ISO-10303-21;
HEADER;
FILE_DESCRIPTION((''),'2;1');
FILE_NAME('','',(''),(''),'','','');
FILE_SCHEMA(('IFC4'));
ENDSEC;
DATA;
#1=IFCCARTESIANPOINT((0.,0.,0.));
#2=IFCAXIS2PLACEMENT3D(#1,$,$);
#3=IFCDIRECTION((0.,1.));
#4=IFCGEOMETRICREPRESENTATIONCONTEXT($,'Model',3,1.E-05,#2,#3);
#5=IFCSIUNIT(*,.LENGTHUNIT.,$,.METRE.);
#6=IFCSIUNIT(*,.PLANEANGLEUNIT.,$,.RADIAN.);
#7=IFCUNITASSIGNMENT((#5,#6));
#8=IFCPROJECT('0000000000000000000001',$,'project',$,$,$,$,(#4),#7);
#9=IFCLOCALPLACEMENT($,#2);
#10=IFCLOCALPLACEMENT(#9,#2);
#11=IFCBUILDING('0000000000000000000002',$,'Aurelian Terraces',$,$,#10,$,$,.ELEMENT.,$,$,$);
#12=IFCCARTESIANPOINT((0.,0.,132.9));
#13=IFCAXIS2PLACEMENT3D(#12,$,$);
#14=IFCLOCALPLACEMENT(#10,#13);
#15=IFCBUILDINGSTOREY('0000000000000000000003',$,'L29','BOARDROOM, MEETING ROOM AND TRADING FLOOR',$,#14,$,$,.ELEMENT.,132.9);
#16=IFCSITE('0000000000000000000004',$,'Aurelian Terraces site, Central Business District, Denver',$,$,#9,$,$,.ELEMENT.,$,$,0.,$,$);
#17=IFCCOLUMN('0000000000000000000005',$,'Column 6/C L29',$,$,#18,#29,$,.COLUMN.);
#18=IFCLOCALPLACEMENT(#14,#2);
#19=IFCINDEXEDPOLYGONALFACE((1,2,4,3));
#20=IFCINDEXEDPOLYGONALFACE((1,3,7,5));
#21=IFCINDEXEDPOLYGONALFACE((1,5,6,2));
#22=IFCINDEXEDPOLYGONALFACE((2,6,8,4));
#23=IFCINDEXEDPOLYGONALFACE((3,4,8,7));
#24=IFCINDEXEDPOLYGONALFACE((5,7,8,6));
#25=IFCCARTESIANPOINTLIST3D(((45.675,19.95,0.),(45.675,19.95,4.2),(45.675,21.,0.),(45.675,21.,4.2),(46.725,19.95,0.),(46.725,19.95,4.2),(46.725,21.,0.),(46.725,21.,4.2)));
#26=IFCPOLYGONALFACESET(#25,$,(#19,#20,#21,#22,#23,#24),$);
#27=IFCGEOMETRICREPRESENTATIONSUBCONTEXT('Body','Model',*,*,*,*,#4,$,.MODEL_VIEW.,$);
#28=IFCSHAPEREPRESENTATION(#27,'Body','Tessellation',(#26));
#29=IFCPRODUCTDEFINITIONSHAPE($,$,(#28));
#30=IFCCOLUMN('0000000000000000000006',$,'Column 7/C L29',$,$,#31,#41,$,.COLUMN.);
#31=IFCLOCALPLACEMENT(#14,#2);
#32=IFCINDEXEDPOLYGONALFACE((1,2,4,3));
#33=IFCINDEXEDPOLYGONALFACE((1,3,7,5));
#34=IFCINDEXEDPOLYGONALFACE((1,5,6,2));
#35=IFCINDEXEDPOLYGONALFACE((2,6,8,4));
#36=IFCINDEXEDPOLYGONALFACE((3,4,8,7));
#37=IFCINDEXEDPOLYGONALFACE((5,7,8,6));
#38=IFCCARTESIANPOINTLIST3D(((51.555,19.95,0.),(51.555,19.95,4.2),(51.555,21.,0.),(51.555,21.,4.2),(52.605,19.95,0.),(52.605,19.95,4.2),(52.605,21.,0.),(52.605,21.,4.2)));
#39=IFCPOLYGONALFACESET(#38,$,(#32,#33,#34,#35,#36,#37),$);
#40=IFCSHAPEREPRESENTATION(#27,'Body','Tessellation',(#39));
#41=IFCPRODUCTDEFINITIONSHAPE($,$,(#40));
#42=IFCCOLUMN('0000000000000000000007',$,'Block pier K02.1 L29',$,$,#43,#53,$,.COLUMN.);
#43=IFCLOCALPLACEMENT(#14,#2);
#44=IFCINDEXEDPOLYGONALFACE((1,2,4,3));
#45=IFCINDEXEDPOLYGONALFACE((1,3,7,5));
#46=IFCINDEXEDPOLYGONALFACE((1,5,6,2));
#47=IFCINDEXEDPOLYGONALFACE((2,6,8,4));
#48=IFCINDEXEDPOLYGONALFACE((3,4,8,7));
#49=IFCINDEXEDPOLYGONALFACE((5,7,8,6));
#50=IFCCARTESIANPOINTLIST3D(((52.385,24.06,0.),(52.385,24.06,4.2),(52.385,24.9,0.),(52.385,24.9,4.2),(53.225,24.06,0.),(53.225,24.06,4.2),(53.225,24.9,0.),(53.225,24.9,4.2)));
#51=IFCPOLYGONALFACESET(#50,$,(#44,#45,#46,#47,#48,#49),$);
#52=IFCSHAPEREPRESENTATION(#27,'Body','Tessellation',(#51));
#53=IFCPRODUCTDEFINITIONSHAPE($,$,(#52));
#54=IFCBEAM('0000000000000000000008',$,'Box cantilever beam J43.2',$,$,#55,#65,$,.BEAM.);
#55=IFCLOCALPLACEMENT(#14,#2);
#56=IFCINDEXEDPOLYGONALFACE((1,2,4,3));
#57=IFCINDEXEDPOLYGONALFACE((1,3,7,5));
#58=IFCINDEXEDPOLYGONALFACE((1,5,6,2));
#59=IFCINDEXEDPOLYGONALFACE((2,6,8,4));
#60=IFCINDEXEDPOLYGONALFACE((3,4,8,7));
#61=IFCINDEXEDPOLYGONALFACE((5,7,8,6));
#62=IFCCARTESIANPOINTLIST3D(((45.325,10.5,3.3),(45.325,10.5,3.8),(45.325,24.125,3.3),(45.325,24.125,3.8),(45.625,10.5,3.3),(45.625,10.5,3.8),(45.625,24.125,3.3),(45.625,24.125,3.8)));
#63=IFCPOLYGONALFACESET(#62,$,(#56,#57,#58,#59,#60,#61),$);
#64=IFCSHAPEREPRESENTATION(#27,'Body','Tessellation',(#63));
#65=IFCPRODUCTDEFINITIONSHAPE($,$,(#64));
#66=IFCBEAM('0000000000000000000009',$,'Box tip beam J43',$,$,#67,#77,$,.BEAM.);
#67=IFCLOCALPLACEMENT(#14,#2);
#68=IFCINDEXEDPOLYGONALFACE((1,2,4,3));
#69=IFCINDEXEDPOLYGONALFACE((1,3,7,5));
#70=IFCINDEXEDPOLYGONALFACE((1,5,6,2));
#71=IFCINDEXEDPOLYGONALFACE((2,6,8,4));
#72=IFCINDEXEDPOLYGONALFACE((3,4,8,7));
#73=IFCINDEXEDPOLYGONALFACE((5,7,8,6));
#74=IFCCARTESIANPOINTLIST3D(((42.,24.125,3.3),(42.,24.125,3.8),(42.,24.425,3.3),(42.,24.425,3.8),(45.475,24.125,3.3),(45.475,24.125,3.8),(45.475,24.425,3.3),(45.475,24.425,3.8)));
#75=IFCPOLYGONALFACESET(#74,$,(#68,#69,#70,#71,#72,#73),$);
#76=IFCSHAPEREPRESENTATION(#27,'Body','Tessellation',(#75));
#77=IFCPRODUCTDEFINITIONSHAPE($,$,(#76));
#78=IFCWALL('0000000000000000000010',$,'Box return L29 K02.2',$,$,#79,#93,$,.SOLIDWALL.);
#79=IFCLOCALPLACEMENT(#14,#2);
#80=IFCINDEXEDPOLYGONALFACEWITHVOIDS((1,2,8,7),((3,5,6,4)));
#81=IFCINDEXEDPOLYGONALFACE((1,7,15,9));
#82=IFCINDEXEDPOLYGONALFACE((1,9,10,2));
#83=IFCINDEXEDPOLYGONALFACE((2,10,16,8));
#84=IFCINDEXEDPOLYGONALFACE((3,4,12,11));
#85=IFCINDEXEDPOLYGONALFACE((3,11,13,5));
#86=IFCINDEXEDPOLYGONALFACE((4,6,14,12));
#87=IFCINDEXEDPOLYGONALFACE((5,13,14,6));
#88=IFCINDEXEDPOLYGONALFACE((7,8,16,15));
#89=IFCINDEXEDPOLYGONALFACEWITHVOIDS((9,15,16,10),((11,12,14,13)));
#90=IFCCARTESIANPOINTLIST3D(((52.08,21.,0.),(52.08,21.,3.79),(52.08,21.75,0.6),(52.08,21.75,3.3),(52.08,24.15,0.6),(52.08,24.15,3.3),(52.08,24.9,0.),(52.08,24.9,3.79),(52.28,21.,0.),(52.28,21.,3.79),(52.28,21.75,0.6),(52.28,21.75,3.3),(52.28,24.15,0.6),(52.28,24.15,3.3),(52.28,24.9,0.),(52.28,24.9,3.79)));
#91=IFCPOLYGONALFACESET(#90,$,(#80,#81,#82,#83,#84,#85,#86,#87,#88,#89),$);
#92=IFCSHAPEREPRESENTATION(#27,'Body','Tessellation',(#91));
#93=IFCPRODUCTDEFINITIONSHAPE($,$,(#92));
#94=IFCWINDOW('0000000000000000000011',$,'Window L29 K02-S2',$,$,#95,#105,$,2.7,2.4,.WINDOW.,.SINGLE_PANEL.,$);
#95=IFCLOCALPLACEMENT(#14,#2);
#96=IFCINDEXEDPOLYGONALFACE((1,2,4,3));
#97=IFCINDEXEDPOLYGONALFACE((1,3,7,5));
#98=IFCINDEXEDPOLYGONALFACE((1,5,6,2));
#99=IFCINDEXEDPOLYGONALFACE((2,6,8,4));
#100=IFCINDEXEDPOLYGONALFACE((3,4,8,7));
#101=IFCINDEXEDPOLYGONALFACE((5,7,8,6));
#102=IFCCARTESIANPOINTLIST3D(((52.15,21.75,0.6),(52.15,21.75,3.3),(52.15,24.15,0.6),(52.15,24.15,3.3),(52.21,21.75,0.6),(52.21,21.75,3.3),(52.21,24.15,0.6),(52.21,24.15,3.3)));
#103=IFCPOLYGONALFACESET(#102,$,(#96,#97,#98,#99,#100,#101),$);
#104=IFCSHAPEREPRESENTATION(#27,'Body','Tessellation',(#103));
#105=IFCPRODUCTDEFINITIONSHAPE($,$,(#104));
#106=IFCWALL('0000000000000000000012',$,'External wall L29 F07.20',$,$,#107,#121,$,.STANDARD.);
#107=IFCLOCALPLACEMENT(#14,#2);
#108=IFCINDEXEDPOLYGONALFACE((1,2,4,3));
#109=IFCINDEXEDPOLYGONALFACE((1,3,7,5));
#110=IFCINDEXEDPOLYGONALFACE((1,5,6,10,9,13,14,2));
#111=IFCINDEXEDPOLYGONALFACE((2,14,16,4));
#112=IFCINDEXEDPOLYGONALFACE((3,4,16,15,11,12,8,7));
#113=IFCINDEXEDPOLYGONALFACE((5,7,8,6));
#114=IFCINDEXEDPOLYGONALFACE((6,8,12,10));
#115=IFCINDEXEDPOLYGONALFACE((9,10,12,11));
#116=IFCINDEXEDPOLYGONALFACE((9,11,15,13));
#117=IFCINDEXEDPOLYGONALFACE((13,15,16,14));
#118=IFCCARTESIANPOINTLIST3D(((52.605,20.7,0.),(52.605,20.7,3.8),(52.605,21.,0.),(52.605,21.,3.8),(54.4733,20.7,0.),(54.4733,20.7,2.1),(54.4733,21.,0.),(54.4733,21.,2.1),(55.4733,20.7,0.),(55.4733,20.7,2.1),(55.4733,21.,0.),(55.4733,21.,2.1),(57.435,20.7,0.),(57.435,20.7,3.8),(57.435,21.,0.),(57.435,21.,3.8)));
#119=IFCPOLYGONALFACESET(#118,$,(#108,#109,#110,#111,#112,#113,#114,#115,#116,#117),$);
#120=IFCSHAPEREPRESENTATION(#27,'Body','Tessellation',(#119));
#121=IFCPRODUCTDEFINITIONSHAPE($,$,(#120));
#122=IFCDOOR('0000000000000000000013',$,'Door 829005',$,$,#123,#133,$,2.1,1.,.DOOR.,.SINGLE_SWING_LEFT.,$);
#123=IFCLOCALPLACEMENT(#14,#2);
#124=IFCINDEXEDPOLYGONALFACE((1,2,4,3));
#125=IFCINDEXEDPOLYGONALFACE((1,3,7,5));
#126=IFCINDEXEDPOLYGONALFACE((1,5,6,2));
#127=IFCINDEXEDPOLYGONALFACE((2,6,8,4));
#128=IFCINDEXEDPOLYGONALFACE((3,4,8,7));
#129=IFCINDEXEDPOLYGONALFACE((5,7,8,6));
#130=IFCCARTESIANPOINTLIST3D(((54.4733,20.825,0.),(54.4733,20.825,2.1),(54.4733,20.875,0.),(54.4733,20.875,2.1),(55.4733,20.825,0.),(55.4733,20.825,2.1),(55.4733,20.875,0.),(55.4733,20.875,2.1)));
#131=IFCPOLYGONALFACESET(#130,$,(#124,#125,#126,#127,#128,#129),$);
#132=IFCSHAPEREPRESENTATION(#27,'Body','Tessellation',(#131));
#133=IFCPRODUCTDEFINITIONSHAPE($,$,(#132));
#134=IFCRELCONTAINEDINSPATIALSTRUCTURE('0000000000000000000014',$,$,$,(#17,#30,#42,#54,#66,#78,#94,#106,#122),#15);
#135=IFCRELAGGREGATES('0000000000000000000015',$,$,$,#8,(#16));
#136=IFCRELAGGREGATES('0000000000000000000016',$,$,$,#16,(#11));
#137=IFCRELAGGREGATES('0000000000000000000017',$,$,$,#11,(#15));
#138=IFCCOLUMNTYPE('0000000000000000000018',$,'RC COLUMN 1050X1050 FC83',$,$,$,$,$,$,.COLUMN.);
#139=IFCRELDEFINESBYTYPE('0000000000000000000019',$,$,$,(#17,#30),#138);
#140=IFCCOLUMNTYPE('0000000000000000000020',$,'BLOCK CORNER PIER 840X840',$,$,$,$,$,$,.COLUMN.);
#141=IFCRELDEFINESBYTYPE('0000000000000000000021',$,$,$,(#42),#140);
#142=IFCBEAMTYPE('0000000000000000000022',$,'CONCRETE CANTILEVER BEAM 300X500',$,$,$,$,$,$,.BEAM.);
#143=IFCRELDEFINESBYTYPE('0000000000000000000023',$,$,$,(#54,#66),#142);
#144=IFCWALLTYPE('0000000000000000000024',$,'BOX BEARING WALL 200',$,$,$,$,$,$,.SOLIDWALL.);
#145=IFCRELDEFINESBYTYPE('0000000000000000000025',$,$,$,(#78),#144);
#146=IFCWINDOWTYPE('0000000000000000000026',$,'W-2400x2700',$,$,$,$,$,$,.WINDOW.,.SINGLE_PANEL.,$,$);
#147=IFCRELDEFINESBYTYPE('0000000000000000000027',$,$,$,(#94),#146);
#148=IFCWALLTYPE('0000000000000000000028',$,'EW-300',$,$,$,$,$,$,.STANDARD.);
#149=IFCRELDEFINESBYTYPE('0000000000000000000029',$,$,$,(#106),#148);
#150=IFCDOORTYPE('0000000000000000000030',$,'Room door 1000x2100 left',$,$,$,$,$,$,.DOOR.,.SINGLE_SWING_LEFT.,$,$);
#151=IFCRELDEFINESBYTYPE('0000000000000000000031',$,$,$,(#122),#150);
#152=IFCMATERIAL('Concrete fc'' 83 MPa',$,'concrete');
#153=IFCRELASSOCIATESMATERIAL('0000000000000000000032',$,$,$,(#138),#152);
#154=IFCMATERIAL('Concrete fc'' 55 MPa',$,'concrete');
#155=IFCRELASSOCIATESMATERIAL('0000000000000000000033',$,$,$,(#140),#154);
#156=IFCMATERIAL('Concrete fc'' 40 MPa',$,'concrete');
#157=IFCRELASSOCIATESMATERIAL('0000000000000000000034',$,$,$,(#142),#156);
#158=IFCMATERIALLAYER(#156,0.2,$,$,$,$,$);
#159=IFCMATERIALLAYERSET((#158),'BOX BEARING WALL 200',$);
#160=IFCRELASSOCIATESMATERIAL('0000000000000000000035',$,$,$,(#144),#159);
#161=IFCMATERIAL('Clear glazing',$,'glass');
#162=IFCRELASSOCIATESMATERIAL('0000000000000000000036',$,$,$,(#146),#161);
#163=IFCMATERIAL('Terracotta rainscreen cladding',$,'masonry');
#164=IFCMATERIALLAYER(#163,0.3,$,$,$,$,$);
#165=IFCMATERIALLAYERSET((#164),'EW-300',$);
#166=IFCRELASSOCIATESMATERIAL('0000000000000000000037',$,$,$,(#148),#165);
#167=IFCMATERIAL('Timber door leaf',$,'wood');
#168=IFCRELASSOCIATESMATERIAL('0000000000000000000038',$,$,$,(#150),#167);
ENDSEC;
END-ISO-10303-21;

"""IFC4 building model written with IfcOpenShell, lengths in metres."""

from ifc_helpers import new_model, si_unit, direction, frame, frame_2d, origin, origin_2d, place, context, subcontext, project, spatial, rectangle, extrude, source, transform, mapped, material, layer, layer_set, material_profile, profile_set, type_object, element, fill, save


model = new_model("IFC4")

# Units and contexts
model_context = context("Model", 3, precision=1e-05, world=origin(), true_north=direction((0.0, 1.0)))
body_context = subcontext(model_context, "Body", "Model", "MODEL_VIEW")
ifc_project = project(units=[si_unit("LENGTHUNIT", "METRE"), si_unit("PLANEANGLEUNIT", "RADIAN")], contexts=[model_context])

# Site, building, storey
site_placement = place(None, origin())
site = spatial("IfcSite", under=ifc_project, at=site_placement, Name="Aurelian Terraces site, Central Business District, Denver", CompositionType="ELEMENT", RefElevation=0.0)
building_placement = place(site_placement, origin())
building = spatial("IfcBuilding", under=site, at=building_placement, Name="Aurelian Terraces", CompositionType="ELEMENT")
storey_placement = place(building_placement, frame((0.0, 0.0, 132.9)))
storey = spatial("IfcBuildingStorey", under=building, at=storey_placement, Name="L29", Description="BOARDROOM, MEETING ROOM AND TRADING FLOOR", CompositionType="ELEMENT", Elevation=132.9)

# Columns
ifc_material_1 = material(Name="Concrete fc' 83 MPa", Category="concrete")
ifc_material_profile_1 = material_profile(ifc_material_1, rectangle(XDim=1.05, YDim=1.05, at=origin_2d()))
ifc_profile_set_1 = profile_set([ifc_material_profile_1], Name="Concrete fc' 83 MPa")
column_type_1 = type_object("IfcColumnType", Name="RC COLUMN 1050X1050 FC83", PredefinedType="COLUMN", material=ifc_profile_set_1)
shared_shape_1 = source(origin(), body_context, "Body", "SweptSolid", [
    extrude(rectangle(XDim=1.05, YDim=1.05, at=origin_2d()), origin(), (0.0, 0.0, 1.0), 4.2),
])
for number, where, z_axis, x_axis, name in (
    (1, (46.2, 20.475, 0.0), (0.0, 0.0, 1.0), (1.0, 0.0, 0.0), "Column 6/C L29"),
    (2, (52.08, 20.475, 0.0), (0.0, 0.0, 1.0), (1.0, 0.0, 0.0), "Column 7/C L29"),
):
    element("IfcColumn", number, at=place(storey_placement, frame(where, z_axis=z_axis, x_axis=x_axis)), inside=storey, type_object=column_type_1, Name=name, PredefinedType="COLUMN", context=body_context, shape_type="MappedRepresentation", body=[
        mapped(shared_shape_1, transform((0.0, 0.0, 0.0), scale=1.0)),
    ])
ifc_material_2 = material(Name="Concrete fc' 55 MPa", Category="concrete")
ifc_material_profile_2 = material_profile(ifc_material_2, rectangle(XDim=0.84, YDim=0.84, at=origin_2d()))
ifc_profile_set_2 = profile_set([ifc_material_profile_2], Name="Concrete fc' 55 MPa")
column_type_2 = type_object("IfcColumnType", Name="BLOCK CORNER PIER 840X840", PredefinedType="COLUMN", material=ifc_profile_set_2)
shared_shape_2 = source(origin(), body_context, "Body", "SweptSolid", [
    extrude(rectangle(XDim=0.84, YDim=0.84, at=origin_2d()), origin(), (0.0, 0.0, 1.0), 4.2),
])
column_placement = place(storey_placement, frame((52.805, 24.48, 0.0), z_axis=(0.0, 0.0, 1.0), x_axis=(1.0, 0.0, 0.0)))
element("IfcColumn", 3, at=column_placement, inside=storey, type_object=column_type_2, Name="Block pier K02.1 L29", PredefinedType="COLUMN", context=body_context, shape_type="MappedRepresentation", body=[
    mapped(shared_shape_2, transform((0.0, 0.0, 0.0), scale=1.0)),
])

# Beams
ifc_material_3 = material(Name="Concrete fc' 40 MPa", Category="concrete")
ifc_material_profile_3 = material_profile(ifc_material_3, rectangle(XDim=0.3, YDim=0.5, at=origin_2d()))
ifc_profile_set_3 = profile_set([ifc_material_profile_3], Name="Concrete fc' 40 MPa")
beam_type = type_object("IfcBeamType", Name="CONCRETE CANTILEVER BEAM 300X500", PredefinedType="BEAM", material=ifc_profile_set_3)
shared_shape_3 = source(origin(), body_context, "Body", "SweptSolid", [
    extrude(rectangle(XDim=0.3, YDim=0.5, at=origin_2d()), origin(), (0.0, 0.0, 1.0), 13.625),
])
beam_1_placement = place(storey_placement, frame((45.475, 24.125, 3.55), z_axis=(0.0, -1.0, 0.0), x_axis=(1.0, 0.0, 0.0)))
element("IfcBeam", 4, at=beam_1_placement, inside=storey, type_object=beam_type, Name="Box cantilever beam J43.2", PredefinedType="BEAM", context=body_context, shape_type="MappedRepresentation", body=[
    mapped(shared_shape_3, transform((0.0, 0.0, 0.0), scale=1.0)),
])
shared_shape_4 = source(origin(), body_context, "Body", "SweptSolid", [
    extrude(rectangle(XDim=0.3, YDim=0.5, at=origin_2d()), origin(), (0.0, 0.0, 1.0), 3.475),
])
beam_2_placement = place(storey_placement, frame((42.0, 24.275, 3.55), z_axis=(1.0, 0.0, 0.0), x_axis=(0.0, 1.0, 0.0)))
element("IfcBeam", 5, at=beam_2_placement, inside=storey, type_object=beam_type, Name="Box tip beam J43", PredefinedType="BEAM", context=body_context, shape_type="MappedRepresentation", body=[
    mapped(shared_shape_4, transform((0.0, 0.0, 0.0), scale=1.0)),
])

# Wall, opening, window
ifc_layer_1 = layer(ifc_material_3, 0.2)
ifc_layer_set_1 = layer_set([ifc_layer_1], Name="BOX BEARING WALL 200")
wall_type_1 = type_object("IfcWallType", Name="BOX BEARING WALL 200", PredefinedType="SOLIDWALL", material=ifc_layer_set_1)
shared_shape_5 = source(origin(), body_context, "Body", "SweptSolid", [
    extrude(rectangle(XDim=3.9, YDim=0.2, at=frame_2d((1.95, 0.0))), origin(), (0.0, 0.0, 1.0), 3.79),
])
wall_1_placement = place(storey_placement, frame((52.18, 21.0, 0.0), z_axis=(0.0, 0.0, 1.0), x_axis=(0.0, 1.0, 0.0)))
wall_1 = element("IfcWall", 6, at=wall_1_placement, inside=storey, type_object=wall_type_1, Name="Box return L29 K02.2", PredefinedType="SOLIDWALL", context=body_context, shape_type="MappedRepresentation", body=[
    mapped(shared_shape_5, transform((0.0, 0.0, 0.0), scale=1.0)),
])
shared_shape_6 = source(origin(), body_context, "Body", "SweptSolid", [
    extrude(rectangle(XDim=2.4, YDim=2.7, at=frame_2d((1.2, 1.35))), frame((0.0, 0.11, 0.0), z_axis=(0.0, -1.0, 0.0), x_axis=(1.0, 0.0, 0.0)), (0.0, 0.0, 1.0), 0.22),
])
opening_1_placement = place(wall_1_placement, frame((0.75, 0.0, 0.6)))
opening_1 = element("IfcOpeningElement", 7, at=opening_1_placement, cuts=wall_1, PredefinedType="OPENING", context=body_context, shape_type="MappedRepresentation", body=[
    mapped(shared_shape_6, transform((0.0, 0.0, 0.0), scale=1.0)),
])
ifc_material_4 = material(Name="Clear glazing", Category="glass")
window_type_1 = type_object("IfcWindowType", Name="W-2400x2700", PartitioningType="SINGLE_PANEL", PredefinedType="WINDOW", material=ifc_material_4)
shared_shape_7 = source(origin(), body_context, "Body", "SweptSolid", [
    extrude(rectangle(XDim=2.4, YDim=2.7, at=frame_2d((1.2, 1.35))), frame((0.0, 0.03, 0.0), z_axis=(0.0, -1.0, 0.0), x_axis=(1.0, 0.0, 0.0)), (0.0, 0.0, 1.0), 0.06),
])
window_1_placement = place(opening_1_placement, origin())
window_1 = element("IfcWindow", 8, at=window_1_placement, inside=storey, type_object=window_type_1, Name="Window L29 K02-S2", OverallHeight=2.7, OverallWidth=2.4, PartitioningType="SINGLE_PANEL", PredefinedType="WINDOW", context=body_context, shape_type="MappedRepresentation", body=[
    mapped(shared_shape_7, transform((0.0, 0.0, 0.0), scale=1.0)),
])
fill(opening_1, window_1)

# Wall, opening, door
ifc_material_5 = material(Name="Terracotta rainscreen cladding", Category="masonry")
ifc_layer_2 = layer(ifc_material_5, 0.3)
ifc_layer_set_2 = layer_set([ifc_layer_2], Name="EW-300")
wall_type_2 = type_object("IfcWallType", Name="EW-300", PredefinedType="STANDARD", material=ifc_layer_set_2)
shared_shape_8 = source(origin(), body_context, "Body", "SweptSolid", [
    extrude(rectangle(XDim=4.83, YDim=0.3, at=frame_2d((2.415, 0.0))), origin(), (0.0, 0.0, 1.0), 3.8),
])
wall_2_placement = place(storey_placement, frame((57.435, 20.85, 0.0), z_axis=(0.0, 0.0, 1.0), x_axis=(-1.0, 0.0, 0.0)))
wall_2 = element("IfcWall", 9, at=wall_2_placement, inside=storey, type_object=wall_type_2, Name="External wall L29 F07.20", PredefinedType="STANDARD", context=body_context, shape_type="MappedRepresentation", body=[
    mapped(shared_shape_8, transform((0.0, 0.0, 0.0), scale=1.0)),
])
shared_shape_9 = source(origin(), body_context, "Body", "SweptSolid", [
    extrude(rectangle(XDim=1.0, YDim=2.1, at=frame_2d((0.5, 1.05))), frame((0.0, 0.16, 0.0), z_axis=(0.0, -1.0, 0.0), x_axis=(1.0, 0.0, 0.0)), (0.0, 0.0, 1.0), 0.32),
])
opening_2_placement = place(wall_2_placement, frame((1.9617, 0.0, 0.0)))
opening_2 = element("IfcOpeningElement", 10, at=opening_2_placement, cuts=wall_2, PredefinedType="OPENING", context=body_context, shape_type="MappedRepresentation", body=[
    mapped(shared_shape_9, transform((0.0, 0.0, 0.0), scale=1.0)),
])
ifc_material_6 = material(Name="Timber door leaf", Category="wood")
door_type_1 = type_object("IfcDoorType", Name="Room door 1000x2100 left", OperationType="SINGLE_SWING_LEFT", PredefinedType="DOOR", material=ifc_material_6)
shared_shape_10 = source(origin(), body_context, "Body", "SweptSolid", [
    extrude(rectangle(XDim=1.0, YDim=2.1, at=frame_2d((0.5, 1.05))), frame((0.0, 0.025, 0.0), z_axis=(0.0, -1.0, 0.0), x_axis=(1.0, 0.0, 0.0)), (0.0, 0.0, 1.0), 0.05),
])
door_1_placement = place(opening_2_placement, origin())
door_1 = element("IfcDoor", 11, at=door_1_placement, inside=storey, type_object=door_type_1, Name="Door 829005", OperationType="SINGLE_SWING_LEFT", OverallHeight=2.1, OverallWidth=1.0, PredefinedType="DOOR", context=body_context, shape_type="MappedRepresentation", body=[
    mapped(shared_shape_10, transform((0.0, 0.0, 0.0), scale=1.0)),
])
fill(opening_2, door_1)

save(model, "model.ifc")
